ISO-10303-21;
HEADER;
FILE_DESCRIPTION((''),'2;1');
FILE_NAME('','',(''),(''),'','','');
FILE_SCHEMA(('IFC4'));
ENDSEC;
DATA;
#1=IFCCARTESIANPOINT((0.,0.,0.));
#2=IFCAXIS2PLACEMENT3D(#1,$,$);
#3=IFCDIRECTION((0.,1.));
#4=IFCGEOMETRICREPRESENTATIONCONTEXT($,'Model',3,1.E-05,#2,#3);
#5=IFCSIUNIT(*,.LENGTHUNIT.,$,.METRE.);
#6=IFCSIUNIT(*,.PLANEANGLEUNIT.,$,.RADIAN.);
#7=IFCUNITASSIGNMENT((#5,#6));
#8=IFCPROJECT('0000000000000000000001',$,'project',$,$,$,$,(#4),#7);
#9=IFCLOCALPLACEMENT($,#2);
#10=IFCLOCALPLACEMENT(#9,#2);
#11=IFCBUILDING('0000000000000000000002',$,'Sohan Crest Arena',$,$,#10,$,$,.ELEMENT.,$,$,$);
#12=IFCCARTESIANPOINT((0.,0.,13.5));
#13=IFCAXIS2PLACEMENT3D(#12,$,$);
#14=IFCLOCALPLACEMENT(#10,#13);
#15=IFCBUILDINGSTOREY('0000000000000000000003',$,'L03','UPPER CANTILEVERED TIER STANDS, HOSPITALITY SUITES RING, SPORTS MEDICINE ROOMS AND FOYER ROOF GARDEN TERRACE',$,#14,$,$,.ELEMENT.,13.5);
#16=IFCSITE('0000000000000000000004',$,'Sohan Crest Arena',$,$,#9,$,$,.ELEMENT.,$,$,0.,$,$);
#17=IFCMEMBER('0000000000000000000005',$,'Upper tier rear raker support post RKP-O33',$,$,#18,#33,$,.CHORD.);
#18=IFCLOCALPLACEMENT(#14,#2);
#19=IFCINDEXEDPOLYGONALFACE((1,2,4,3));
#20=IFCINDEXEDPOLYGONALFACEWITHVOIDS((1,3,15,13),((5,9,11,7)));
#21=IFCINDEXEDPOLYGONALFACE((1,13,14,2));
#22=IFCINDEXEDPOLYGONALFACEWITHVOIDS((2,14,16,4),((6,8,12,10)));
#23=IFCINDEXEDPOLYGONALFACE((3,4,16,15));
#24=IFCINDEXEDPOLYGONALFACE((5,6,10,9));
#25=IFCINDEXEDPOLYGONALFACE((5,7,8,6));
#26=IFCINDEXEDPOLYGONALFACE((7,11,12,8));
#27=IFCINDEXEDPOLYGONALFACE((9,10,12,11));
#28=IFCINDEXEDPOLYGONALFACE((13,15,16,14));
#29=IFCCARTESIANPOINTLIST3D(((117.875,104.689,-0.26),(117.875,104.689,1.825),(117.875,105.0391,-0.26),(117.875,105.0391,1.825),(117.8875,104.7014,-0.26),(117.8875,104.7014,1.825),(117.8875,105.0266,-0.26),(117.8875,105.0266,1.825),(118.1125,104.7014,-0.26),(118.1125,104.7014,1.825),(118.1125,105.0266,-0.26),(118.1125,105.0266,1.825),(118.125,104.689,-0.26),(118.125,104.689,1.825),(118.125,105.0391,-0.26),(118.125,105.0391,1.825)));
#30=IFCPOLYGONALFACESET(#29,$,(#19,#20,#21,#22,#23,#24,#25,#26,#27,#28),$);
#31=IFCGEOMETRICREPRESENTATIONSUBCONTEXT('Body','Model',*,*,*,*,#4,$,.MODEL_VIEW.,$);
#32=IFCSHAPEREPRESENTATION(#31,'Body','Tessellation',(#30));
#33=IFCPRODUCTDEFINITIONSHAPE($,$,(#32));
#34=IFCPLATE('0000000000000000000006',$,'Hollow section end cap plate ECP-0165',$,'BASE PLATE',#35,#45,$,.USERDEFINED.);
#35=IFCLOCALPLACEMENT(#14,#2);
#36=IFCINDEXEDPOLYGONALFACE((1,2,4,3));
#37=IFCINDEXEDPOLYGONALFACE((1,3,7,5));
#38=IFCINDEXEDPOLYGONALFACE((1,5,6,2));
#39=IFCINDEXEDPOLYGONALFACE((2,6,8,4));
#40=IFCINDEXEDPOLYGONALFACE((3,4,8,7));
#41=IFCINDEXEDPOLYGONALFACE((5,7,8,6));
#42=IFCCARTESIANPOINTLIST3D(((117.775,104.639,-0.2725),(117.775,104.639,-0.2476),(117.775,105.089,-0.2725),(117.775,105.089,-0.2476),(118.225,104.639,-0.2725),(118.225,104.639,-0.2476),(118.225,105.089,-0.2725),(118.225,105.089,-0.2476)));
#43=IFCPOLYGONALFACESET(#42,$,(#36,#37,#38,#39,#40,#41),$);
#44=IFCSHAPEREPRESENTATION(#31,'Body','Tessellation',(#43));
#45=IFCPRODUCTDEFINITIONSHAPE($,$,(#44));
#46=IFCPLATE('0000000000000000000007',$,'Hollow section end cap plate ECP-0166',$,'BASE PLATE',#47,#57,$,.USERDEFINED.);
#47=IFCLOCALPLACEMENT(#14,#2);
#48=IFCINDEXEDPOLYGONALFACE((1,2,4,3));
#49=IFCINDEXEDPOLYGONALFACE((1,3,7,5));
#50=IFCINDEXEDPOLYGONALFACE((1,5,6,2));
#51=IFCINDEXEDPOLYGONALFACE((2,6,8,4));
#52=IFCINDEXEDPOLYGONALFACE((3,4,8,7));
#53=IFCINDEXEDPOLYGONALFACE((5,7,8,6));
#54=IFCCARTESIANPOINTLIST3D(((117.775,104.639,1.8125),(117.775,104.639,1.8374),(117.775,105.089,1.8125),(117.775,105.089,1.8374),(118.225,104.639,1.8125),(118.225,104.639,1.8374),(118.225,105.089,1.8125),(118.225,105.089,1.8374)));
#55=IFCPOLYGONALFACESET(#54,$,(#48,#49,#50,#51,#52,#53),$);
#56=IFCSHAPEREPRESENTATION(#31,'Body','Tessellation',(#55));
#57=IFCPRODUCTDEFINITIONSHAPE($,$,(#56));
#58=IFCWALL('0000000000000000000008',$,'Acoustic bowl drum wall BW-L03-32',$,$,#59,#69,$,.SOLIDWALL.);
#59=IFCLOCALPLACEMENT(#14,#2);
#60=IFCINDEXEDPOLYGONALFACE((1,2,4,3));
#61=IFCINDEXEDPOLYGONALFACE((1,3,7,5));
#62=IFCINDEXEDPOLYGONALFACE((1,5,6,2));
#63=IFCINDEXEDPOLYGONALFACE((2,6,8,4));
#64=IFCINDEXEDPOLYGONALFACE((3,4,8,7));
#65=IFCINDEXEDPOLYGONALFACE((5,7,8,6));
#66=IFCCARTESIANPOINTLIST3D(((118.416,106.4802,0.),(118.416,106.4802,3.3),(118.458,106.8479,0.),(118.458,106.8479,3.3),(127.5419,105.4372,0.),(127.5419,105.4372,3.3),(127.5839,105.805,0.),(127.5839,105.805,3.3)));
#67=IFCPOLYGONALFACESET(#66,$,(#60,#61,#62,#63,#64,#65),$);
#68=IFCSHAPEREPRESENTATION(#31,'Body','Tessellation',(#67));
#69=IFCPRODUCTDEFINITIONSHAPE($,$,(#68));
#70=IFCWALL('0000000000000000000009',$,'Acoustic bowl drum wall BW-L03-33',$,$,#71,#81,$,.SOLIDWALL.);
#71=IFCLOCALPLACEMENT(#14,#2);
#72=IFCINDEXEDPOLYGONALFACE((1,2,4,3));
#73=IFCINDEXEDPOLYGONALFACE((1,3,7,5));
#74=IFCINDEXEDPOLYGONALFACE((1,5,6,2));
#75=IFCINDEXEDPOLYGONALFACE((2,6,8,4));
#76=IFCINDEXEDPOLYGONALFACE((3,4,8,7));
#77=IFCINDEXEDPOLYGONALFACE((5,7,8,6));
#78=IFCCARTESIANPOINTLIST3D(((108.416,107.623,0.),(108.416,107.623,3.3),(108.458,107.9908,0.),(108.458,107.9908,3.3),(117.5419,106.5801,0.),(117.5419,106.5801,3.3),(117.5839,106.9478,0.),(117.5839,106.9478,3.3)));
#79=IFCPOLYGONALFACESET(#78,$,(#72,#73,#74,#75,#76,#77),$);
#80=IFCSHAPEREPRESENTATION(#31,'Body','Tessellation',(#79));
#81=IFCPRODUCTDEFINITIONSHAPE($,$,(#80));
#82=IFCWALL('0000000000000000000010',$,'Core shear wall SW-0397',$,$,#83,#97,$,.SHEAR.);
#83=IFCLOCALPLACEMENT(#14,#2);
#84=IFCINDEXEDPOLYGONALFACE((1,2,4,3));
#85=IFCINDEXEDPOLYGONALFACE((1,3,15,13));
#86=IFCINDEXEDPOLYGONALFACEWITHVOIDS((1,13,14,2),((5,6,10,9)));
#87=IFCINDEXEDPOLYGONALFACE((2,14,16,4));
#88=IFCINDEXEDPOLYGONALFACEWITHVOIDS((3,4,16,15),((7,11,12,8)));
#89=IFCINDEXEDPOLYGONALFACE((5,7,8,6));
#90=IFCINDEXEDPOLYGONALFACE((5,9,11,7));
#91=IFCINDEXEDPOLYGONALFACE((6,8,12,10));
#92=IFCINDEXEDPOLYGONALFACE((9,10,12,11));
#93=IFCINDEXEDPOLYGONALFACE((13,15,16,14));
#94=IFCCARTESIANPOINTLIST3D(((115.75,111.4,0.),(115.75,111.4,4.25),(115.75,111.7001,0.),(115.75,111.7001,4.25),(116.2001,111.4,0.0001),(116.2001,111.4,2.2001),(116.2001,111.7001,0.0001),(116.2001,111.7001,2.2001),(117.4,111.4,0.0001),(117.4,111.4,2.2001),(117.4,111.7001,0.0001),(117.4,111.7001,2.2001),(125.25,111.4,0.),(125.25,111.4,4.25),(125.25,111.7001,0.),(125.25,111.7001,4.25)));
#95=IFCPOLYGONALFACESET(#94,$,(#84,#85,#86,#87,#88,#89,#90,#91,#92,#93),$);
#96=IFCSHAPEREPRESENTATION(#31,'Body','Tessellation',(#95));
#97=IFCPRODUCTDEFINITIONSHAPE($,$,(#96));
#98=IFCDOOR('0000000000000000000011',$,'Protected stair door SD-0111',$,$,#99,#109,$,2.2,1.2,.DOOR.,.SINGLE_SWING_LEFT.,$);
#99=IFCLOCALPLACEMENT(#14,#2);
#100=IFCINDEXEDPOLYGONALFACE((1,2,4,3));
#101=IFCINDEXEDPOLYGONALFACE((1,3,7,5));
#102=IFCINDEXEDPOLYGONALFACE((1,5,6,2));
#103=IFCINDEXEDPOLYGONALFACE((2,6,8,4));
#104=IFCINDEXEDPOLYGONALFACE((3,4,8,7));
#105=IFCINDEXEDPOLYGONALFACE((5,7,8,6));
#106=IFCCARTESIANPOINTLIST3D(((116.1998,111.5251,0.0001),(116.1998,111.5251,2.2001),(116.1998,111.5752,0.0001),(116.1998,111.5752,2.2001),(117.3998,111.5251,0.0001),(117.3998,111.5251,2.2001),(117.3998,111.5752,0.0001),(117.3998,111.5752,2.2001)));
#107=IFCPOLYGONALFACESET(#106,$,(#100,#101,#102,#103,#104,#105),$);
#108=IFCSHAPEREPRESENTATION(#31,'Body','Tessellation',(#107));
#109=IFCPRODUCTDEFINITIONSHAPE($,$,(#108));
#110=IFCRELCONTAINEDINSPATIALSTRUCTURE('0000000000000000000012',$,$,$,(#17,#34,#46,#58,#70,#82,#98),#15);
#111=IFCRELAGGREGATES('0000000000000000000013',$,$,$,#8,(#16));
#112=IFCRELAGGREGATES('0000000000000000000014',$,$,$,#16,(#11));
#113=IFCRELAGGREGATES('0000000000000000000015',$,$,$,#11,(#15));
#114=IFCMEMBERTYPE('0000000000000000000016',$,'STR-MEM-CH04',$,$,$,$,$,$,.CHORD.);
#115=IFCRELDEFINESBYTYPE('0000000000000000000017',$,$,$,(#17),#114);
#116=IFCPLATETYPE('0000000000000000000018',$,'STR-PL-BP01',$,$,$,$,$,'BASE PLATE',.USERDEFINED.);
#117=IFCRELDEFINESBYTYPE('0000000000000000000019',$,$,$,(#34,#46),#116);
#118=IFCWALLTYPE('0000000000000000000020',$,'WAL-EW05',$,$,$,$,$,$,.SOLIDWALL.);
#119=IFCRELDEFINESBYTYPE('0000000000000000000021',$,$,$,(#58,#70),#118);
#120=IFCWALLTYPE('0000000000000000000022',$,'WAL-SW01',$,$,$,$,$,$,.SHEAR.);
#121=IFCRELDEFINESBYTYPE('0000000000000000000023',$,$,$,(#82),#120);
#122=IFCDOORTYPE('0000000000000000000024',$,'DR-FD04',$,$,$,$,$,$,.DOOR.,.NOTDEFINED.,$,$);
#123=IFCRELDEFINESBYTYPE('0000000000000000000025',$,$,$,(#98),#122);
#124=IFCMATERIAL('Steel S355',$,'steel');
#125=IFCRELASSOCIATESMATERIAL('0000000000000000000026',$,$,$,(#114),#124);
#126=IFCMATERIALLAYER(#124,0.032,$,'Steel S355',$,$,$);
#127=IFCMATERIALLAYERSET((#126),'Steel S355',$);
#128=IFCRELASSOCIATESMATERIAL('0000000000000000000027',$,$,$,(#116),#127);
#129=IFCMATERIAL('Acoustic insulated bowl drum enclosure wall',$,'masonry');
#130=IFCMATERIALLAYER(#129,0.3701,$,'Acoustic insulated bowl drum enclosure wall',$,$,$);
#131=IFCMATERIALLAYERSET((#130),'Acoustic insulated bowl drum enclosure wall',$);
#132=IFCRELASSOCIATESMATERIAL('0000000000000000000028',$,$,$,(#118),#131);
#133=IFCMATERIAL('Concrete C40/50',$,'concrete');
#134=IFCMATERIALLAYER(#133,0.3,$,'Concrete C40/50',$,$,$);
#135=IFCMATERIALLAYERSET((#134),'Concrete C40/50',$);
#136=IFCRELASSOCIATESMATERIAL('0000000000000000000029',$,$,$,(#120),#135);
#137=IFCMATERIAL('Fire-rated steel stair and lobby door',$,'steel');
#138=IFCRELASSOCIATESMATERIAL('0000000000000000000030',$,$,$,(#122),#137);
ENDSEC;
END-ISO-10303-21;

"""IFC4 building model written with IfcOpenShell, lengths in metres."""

from ifc_helpers import new_model, si_unit, direction, frame, frame_2d, origin, origin_2d, place, context, subcontext, project, spatial, rectangle, hollow_rectangle, extrude, material, layer, layer_set, material_profile, profile_set, type_object, element, fill, save


model = new_model("IFC4")

# Units and contexts
model_context = context("Model", 3, precision=1e-05, world=origin(), true_north=direction((0.0, 1.0)))
body_context = subcontext(model_context, "Body", "Model", "MODEL_VIEW")
ifc_project = project(units=[si_unit("LENGTHUNIT", "METRE"), si_unit("PLANEANGLEUNIT", "RADIAN")], contexts=[model_context])

# Site, building, storey
site_placement = place(None, origin())
site = spatial("IfcSite", under=ifc_project, at=site_placement, Name="Sohan Crest Arena", CompositionType="ELEMENT", RefElevation=0.0)
building_placement = place(site_placement, origin())
building = spatial("IfcBuilding", under=site, at=building_placement, Name="Sohan Crest Arena", CompositionType="ELEMENT")
storey_placement = place(building_placement, frame((0.0, 0.0, 13.5)))
storey = spatial("IfcBuildingStorey", under=building, at=storey_placement, Name="L03", Description="UPPER CANTILEVERED TIER STANDS, HOSPITALITY SUITES RING, SPORTS MEDICINE ROOMS AND FOYER ROOF GARDEN TERRACE", CompositionType="ELEMENT", Elevation=13.5)

# Shared definitions
ifc_material_1 = material(Name="Concrete C40/50", Category="concrete")
ifc_material_2 = material(Name="Steel S355", Category="steel")

# Member
ifc_material_profile_1 = material_profile(ifc_material_2, hollow_rectangle(XDim=0.25, YDim=0.3501, WallThickness=0.0125, at=origin_2d()), Name="RHS 350x250x12.5")
ifc_profile_set_1 = profile_set([ifc_material_profile_1], Name="Steel S355")
member_type = type_object("IfcMemberType", Name="STR-MEM-CH04", PredefinedType="CHORD", material=ifc_profile_set_1)
member_placement = place(storey_placement, frame((118.0, 104.864, -0.26), z_axis=(0.0, 0.0, 1.0), x_axis=(1.0, 0.0, 0.0)))
element("IfcMember", 1, at=member_placement, inside=storey, type_object=member_type, Name="Upper tier rear raker support post RKP-O33", PredefinedType="CHORD", context=body_context, shape_type="SweptSolid", body=[
    extrude(hollow_rectangle(XDim=0.25, YDim=0.3501, WallThickness=0.0125, at=origin_2d()), origin(), (0.0, 0.0, 1.0), 2.085),
])

# Plates
ifc_layer_1 = layer(ifc_material_2, 0.032, Name="Steel S355")
ifc_layer_set_1 = layer_set([ifc_layer_1], Name="Steel S355")
plate_type = type_object("IfcPlateType", Name="STR-PL-BP01", ElementType="BASE PLATE", PredefinedType="USERDEFINED", material=ifc_layer_set_1)
for number, where, z_axis, x_axis, name in (
    (2, (118.0, 104.864, -0.2725), (0.0, 0.0, 1.0), (1.0, 0.0, 0.0), "Hollow section end cap plate ECP-0165"),
    (3, (118.0, 104.864, 1.8125), (0.0, 0.0, 1.0), (1.0, 0.0, 0.0), "Hollow section end cap plate ECP-0166"),
):
    element("IfcPlate", number, at=place(storey_placement, frame(where, z_axis=z_axis, x_axis=x_axis)), inside=storey, type_object=plate_type, Name=name, ObjectType="BASE PLATE", PredefinedType="USERDEFINED", context=body_context, shape_type="SweptSolid", body=[
        extrude(rectangle(XDim=0.45, YDim=0.45, at=origin_2d()), origin(), (0.0, 0.0, 1.0), 0.0249),
    ])

# Walls
ifc_material_3 = material(Name="Acoustic insulated bowl drum enclosure wall", Category="masonry")
ifc_layer_2 = layer(ifc_material_3, 0.3701, Name="Acoustic insulated bowl drum enclosure wall")
ifc_layer_set_2 = layer_set([ifc_layer_2], Name="Acoustic insulated bowl drum enclosure wall")
wall_type_1 = type_object("IfcWallType", Name="WAL-EW05", PredefinedType="SOLIDWALL", material=ifc_layer_set_2)
for number, where, z_axis, x_axis, name in (
    (4, (127.563, 105.6211, 0.0), (0.0, 0.0, 1.0), (-0.993533, 0.113547, 0.0), "Acoustic bowl drum wall BW-L03-32"),
    (5, (117.563, 106.7639, 0.0), (0.0, 0.0, 1.0), (-0.993533, 0.113547, 0.0), "Acoustic bowl drum wall BW-L03-33"),
):
    element("IfcWall", number, at=place(storey_placement, frame(where, z_axis=z_axis, x_axis=x_axis)), inside=storey, type_object=wall_type_1, Name=name, PredefinedType="SOLIDWALL", context=body_context, shape_type="SweptSolid", body=[
        extrude(rectangle(XDim=9.1853, YDim=0.3701, at=frame_2d((4.5928, 0.0))), origin(), (0.0, 0.0, 1.0), 3.3),
    ])

# Wall, opening, door
ifc_layer_3 = layer(ifc_material_1, 0.3, Name="Concrete C40/50")
ifc_layer_set_3 = layer_set([ifc_layer_3], Name="Concrete C40/50")
wall_type_2 = type_object("IfcWallType", Name="WAL-SW01", PredefinedType="SHEAR", material=ifc_layer_set_3)
wall_placement = place(storey_placement, frame((115.75, 111.55, 0.0), z_axis=(0.0, 0.0, 1.0), x_axis=(1.0, 0.0, 0.0)))
wall = element("IfcWall", 6, at=wall_placement, inside=storey, type_object=wall_type_2, Name="Core shear wall SW-0397", PredefinedType="SHEAR", context=body_context, shape_type="SweptSolid", body=[
    extrude(rectangle(XDim=9.5, YDim=0.3, at=frame_2d((4.75, 0.0))), origin(), (0.0, 0.0, 1.0), 4.25),
])
opening_placement = place(wall_placement, frame((0.45, 0.0, 0.0)))
opening = element("IfcOpeningElement", 7, at=opening_placement, cuts=wall, PredefinedType="OPENING", context=body_context, shape_type="SweptSolid", body=[
    extrude(rectangle(XDim=1.2, YDim=2.2, at=frame_2d((0.6001, 1.1001))), frame((0.0, 0.1599, 0.0), z_axis=(0.0, -1.0, 0.0), x_axis=(1.0, 0.0, 0.0)), (0.0, 0.0, 1.0), 0.3201),
])
ifc_material_4 = material(Name="Fire-rated steel stair and lobby door", Category="steel")
door_type = type_object("IfcDoorType", Name="DR-FD04", OperationType="NOTDEFINED", PredefinedType="DOOR", material=ifc_material_4)
door_placement = place(opening_placement, frame((1.2, 0.0, 0.0), z_axis=(0.0, 0.0, 1.0), x_axis=(-1.0, 0.0, 0.0)))
door = element("IfcDoor", 8, at=door_placement, inside=storey, type_object=door_type, Name="Protected stair door SD-0111", OperationType="SINGLE_SWING_LEFT", OverallHeight=2.2, OverallWidth=1.2, PredefinedType="DOOR", context=body_context, shape_type="SweptSolid", body=[
    extrude(rectangle(XDim=1.2, YDim=2.2, at=frame_2d((0.6001, 1.1001))), frame((0.0, 0.0249, 0.0), z_axis=(0.0, -1.0, 0.0), x_axis=(1.0, 0.0, 0.0)), (0.0, 0.0, 1.0), 0.05),
])
fill(opening, door)

save(model, "model.ifc")
